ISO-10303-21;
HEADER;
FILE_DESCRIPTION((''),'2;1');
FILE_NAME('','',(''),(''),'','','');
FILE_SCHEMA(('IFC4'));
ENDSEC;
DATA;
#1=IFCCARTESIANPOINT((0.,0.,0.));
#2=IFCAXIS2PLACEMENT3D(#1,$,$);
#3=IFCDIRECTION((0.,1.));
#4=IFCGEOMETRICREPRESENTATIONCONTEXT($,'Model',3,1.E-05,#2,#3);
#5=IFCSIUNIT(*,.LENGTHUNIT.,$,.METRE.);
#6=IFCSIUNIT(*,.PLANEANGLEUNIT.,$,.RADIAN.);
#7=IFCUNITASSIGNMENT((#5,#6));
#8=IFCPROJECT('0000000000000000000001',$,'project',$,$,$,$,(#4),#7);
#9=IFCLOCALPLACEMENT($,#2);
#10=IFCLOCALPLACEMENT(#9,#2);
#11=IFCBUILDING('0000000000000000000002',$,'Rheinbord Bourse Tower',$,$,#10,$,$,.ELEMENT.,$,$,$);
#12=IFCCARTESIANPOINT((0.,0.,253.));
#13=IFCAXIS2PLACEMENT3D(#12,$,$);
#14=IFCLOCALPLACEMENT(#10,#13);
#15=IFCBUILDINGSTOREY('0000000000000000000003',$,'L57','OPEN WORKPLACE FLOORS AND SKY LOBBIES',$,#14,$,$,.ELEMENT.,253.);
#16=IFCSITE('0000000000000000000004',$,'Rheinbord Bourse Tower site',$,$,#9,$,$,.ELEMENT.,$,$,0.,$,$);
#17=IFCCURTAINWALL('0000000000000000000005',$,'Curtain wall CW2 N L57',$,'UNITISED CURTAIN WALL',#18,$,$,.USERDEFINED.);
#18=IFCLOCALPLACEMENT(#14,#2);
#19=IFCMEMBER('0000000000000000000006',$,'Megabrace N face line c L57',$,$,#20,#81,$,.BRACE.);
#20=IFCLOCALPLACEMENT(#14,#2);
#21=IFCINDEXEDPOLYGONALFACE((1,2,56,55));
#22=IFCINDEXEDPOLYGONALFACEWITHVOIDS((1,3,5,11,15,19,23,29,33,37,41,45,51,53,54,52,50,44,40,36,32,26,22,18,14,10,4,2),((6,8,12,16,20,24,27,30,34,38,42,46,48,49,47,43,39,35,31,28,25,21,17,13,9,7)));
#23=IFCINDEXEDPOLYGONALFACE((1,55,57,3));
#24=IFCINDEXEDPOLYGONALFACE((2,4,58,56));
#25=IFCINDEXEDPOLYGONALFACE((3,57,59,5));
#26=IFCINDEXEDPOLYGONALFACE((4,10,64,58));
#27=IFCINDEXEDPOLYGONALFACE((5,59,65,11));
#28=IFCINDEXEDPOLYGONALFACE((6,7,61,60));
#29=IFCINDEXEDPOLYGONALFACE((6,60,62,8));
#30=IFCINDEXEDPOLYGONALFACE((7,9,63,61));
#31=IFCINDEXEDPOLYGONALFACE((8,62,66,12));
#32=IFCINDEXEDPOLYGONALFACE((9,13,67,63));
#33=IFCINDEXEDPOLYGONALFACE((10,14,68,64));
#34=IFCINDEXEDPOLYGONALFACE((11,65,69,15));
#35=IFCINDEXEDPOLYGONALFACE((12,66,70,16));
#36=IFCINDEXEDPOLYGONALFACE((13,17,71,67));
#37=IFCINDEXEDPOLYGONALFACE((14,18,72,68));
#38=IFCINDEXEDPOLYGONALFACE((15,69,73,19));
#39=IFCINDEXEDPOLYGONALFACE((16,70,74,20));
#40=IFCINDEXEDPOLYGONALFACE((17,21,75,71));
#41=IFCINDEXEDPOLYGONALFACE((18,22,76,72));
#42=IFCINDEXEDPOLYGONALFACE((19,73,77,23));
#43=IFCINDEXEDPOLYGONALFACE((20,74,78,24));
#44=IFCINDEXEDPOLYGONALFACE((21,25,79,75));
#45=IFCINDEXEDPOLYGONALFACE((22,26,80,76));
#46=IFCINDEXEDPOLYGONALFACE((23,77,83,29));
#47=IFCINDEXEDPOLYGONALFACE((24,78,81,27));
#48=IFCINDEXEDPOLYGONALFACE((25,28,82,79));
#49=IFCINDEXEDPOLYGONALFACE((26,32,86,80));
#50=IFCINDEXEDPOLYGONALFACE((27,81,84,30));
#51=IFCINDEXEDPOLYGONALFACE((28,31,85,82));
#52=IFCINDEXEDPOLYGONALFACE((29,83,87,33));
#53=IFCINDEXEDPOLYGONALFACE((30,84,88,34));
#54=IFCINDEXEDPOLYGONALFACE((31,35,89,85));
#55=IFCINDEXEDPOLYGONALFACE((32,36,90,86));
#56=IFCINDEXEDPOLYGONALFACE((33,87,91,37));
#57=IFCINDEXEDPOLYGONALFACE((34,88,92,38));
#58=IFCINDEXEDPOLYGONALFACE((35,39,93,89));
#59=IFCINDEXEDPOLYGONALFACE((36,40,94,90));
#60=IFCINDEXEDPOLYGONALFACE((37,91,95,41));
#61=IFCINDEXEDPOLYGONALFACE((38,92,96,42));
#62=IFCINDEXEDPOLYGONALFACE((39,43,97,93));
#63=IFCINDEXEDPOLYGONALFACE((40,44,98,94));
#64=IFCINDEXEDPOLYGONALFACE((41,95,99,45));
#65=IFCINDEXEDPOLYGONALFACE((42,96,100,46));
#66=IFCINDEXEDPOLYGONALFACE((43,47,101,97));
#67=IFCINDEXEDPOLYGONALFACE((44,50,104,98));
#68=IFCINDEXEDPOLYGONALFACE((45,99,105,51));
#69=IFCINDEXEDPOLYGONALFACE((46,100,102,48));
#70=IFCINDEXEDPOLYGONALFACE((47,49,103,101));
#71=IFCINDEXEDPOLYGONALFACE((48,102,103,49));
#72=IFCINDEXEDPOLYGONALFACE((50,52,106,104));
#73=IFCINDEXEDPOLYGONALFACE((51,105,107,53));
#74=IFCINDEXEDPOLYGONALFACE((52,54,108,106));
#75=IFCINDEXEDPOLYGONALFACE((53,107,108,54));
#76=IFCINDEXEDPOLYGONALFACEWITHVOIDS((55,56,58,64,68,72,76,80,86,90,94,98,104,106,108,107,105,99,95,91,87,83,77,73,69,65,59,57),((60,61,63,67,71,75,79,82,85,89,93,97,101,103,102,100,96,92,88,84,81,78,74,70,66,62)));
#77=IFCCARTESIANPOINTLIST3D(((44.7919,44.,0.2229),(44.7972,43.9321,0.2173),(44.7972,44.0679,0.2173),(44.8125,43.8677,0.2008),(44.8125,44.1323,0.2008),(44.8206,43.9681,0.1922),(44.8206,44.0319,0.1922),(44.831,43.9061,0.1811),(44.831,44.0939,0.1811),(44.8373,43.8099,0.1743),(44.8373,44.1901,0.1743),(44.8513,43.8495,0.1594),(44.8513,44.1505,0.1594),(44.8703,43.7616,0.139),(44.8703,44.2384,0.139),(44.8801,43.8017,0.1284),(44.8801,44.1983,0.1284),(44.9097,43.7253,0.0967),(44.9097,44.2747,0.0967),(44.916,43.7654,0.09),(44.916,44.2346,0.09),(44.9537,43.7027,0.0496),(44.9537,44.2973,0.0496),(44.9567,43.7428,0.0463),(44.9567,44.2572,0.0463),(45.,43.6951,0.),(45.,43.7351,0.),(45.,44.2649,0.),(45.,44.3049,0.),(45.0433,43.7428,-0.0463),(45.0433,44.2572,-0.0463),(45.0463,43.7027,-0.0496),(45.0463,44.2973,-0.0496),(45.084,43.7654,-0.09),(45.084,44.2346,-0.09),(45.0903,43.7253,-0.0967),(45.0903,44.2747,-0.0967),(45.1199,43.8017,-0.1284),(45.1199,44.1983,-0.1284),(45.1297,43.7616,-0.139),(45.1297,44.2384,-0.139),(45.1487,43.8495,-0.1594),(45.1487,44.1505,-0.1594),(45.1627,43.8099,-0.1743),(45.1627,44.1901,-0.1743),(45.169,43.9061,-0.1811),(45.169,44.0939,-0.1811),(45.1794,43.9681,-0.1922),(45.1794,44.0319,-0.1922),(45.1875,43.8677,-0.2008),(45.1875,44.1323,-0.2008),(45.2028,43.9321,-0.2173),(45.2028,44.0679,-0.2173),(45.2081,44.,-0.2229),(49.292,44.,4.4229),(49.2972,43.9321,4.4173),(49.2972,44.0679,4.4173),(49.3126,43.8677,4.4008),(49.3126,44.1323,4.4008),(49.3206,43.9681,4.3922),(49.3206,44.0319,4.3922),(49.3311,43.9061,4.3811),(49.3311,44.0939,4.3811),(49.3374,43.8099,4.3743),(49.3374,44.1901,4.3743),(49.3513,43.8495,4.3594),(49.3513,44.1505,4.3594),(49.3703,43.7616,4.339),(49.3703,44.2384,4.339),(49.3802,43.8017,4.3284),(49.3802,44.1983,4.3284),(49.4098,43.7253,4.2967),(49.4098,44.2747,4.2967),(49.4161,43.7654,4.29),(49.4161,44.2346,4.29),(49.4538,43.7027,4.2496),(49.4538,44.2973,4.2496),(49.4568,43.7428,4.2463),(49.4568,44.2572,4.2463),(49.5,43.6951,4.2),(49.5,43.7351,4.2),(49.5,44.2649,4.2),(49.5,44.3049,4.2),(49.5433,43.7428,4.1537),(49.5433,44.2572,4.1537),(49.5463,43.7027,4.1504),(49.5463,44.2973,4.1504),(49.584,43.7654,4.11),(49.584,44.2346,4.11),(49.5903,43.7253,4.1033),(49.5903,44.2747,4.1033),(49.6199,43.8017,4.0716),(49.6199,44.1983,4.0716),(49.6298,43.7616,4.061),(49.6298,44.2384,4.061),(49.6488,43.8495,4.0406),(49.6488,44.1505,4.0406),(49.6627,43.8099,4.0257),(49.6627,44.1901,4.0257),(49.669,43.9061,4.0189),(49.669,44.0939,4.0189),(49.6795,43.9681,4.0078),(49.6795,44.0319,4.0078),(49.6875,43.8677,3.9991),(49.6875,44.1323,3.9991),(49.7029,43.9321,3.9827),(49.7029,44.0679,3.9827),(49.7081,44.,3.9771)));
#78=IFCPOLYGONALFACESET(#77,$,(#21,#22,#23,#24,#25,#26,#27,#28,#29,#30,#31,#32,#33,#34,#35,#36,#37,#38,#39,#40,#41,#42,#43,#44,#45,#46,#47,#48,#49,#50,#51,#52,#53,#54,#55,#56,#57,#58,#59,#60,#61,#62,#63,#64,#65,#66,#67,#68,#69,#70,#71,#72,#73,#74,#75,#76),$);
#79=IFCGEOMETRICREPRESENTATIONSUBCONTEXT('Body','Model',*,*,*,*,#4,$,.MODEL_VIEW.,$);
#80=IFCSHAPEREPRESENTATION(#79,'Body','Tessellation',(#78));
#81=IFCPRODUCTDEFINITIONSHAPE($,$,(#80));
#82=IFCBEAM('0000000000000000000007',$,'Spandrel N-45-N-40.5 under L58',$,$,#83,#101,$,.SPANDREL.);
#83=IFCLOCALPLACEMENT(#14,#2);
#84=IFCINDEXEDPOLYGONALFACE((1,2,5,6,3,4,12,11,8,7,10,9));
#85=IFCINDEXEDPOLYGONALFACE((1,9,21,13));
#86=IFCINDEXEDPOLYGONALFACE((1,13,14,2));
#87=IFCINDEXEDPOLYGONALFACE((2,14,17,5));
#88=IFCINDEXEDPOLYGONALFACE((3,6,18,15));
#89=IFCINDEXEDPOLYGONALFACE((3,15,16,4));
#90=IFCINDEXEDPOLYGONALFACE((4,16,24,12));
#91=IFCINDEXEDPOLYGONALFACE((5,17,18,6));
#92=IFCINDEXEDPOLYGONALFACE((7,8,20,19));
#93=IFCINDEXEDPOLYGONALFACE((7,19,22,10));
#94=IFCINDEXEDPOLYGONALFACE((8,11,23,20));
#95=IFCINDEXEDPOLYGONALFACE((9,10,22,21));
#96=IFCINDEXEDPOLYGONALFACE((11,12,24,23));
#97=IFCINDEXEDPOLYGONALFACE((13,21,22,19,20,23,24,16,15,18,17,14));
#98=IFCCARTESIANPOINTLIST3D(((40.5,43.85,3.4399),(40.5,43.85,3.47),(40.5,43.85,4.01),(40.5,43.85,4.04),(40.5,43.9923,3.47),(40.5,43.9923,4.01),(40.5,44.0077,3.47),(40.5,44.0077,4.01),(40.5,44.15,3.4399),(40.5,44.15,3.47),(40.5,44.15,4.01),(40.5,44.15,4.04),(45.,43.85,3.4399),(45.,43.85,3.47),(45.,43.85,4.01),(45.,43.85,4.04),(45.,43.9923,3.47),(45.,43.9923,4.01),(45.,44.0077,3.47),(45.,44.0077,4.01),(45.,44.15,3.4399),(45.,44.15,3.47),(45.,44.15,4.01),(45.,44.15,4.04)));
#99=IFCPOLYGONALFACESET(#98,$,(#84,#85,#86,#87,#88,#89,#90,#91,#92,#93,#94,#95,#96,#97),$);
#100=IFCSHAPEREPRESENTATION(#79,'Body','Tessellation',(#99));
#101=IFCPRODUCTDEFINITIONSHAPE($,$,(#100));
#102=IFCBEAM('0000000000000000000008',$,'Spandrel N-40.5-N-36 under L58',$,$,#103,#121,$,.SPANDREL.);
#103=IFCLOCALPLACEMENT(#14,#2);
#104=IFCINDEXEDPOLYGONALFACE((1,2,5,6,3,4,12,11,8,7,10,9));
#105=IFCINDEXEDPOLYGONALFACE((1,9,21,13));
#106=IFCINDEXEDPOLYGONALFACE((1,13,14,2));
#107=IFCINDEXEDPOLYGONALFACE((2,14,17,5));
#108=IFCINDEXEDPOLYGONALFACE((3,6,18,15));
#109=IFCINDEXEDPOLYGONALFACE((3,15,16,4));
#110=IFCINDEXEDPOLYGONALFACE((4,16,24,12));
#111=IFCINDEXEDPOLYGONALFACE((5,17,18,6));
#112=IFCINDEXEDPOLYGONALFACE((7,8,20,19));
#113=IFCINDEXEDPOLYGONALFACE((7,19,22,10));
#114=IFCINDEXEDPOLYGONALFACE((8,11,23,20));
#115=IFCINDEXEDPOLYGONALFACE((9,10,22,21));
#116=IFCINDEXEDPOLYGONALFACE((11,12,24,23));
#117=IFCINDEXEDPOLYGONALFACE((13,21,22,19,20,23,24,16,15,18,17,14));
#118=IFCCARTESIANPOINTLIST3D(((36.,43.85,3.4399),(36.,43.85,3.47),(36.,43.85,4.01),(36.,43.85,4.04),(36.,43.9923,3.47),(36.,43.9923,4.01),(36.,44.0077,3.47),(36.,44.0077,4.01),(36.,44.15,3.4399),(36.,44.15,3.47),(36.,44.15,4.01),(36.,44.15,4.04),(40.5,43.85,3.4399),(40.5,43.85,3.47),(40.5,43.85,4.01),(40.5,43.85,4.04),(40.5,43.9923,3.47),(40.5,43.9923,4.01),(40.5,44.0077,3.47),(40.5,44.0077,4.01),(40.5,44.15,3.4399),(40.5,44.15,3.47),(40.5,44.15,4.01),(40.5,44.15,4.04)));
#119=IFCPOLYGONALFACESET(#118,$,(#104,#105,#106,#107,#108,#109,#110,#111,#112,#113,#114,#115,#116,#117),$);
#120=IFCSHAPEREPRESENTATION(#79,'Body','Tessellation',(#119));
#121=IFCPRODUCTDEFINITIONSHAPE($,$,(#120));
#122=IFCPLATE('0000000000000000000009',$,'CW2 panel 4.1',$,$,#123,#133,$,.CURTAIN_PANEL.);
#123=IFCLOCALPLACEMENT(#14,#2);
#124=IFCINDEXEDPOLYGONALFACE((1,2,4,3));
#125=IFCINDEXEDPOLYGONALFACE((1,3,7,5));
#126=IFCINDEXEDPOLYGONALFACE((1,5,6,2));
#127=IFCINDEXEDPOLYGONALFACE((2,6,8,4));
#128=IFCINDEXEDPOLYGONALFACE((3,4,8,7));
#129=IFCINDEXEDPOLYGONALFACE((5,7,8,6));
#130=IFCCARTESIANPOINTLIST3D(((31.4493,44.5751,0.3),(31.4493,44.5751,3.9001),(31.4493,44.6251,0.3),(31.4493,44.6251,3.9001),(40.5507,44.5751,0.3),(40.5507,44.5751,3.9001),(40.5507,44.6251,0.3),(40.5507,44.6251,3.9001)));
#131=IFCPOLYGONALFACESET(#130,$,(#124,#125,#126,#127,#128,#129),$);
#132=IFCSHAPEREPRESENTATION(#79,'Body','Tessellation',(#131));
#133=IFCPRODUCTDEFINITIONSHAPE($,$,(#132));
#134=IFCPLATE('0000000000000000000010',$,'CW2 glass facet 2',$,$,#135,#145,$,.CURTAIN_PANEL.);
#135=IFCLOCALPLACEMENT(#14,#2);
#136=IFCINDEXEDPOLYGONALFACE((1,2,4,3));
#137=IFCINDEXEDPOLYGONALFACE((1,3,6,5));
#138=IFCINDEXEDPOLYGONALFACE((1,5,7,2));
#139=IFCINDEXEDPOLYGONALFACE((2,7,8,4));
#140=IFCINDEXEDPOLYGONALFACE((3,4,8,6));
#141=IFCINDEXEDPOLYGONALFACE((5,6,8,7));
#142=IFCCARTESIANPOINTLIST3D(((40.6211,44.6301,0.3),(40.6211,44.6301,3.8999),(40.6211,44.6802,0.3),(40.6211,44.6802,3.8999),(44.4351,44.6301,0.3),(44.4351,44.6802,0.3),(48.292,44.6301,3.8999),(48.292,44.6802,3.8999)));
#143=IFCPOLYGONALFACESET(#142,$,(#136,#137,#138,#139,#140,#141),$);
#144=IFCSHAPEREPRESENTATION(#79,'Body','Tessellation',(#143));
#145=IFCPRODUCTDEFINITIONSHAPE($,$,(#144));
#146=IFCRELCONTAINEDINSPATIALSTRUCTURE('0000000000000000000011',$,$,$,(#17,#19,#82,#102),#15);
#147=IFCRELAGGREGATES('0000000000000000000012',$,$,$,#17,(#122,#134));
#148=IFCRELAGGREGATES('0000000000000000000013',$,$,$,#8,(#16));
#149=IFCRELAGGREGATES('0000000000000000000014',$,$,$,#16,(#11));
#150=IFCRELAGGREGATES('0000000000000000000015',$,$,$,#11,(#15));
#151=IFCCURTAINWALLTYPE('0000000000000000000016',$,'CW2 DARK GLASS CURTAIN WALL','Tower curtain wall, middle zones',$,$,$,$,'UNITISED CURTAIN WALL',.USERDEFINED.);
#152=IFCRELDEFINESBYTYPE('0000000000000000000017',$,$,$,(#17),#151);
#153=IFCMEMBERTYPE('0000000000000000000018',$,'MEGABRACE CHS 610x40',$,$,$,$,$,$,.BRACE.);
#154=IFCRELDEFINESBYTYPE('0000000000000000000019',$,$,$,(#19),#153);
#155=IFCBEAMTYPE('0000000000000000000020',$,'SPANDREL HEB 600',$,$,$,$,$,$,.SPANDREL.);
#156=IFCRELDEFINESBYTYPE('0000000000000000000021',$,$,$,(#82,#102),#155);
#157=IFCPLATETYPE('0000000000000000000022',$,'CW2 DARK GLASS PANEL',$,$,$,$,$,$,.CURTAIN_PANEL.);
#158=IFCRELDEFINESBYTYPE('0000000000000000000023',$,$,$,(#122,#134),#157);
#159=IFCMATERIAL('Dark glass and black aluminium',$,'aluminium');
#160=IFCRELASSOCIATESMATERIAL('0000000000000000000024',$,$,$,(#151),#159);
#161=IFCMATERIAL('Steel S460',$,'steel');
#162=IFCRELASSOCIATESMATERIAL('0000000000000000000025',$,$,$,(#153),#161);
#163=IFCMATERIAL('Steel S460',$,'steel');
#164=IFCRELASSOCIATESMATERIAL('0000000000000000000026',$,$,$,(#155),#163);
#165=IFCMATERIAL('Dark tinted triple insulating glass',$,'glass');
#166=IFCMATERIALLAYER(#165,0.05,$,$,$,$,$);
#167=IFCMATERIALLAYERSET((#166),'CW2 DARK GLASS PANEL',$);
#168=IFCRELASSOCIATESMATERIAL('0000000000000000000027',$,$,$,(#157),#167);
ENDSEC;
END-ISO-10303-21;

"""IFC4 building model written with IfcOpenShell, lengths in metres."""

from ifc_helpers import new_model, si_unit, direction, frame, origin, origin_2d, place, context, subcontext, project, spatial, polyline, rectangle, hollow_circle, i_section, outline, extrude, material, layer, layer_set, material_profile, profile_set, type_object, element, aggregate, save


model = new_model("IFC4")

# Units and contexts
model_context = context("Model", 3, precision=1e-05, world=origin(), true_north=direction((0.0, 1.0)))
body_context = subcontext(model_context, "Body", "Model", "MODEL_VIEW")
ifc_project = project(units=[si_unit("LENGTHUNIT", "METRE"), si_unit("PLANEANGLEUNIT", "RADIAN")], contexts=[model_context])

# Site, building, storey
site_placement = place(None, origin())
site = spatial("IfcSite", under=ifc_project, at=site_placement, Name="Rheinbord Bourse Tower site", CompositionType="ELEMENT", RefElevation=0.0)
building_placement = place(site_placement, origin())
building = spatial("IfcBuilding", under=site, at=building_placement, Name="Rheinbord Bourse Tower", CompositionType="ELEMENT")
storey_placement = place(building_placement, frame((0.0, 0.0, 253.0)))
storey = spatial("IfcBuildingStorey", under=building, at=storey_placement, Name="L57", Description="OPEN WORKPLACE FLOORS AND SKY LOBBIES", CompositionType="ELEMENT", Elevation=253.0)

# Curtain wall
ifc_material_1 = material(Name="Dark glass and black aluminium", Category="aluminium")
curtain_wall_type = type_object("IfcCurtainWallType", Name="CW2 DARK GLASS CURTAIN WALL", Description="Tower curtain wall, middle zones", ElementType="UNITISED CURTAIN WALL", PredefinedType="USERDEFINED", material=ifc_material_1)
curtain_wall_placement = place(storey_placement, origin())
curtain_wall = element("IfcCurtainWall", 1, at=curtain_wall_placement, inside=storey, type_object=curtain_wall_type, Name="Curtain wall CW2 N L57", ObjectType="UNITISED CURTAIN WALL", PredefinedType="USERDEFINED")

# Member
ifc_material_2 = material(Name="Steel S460", Category="steel")
ifc_material_profile_1 = material_profile(ifc_material_2, hollow_circle(Radius=0.3049, WallThickness=0.04, at=origin_2d()), Name="CHS 610x40")
ifc_profile_set_1 = profile_set([ifc_material_profile_1], Name="Steel S460")
member_type_1 = type_object("IfcMemberType", Name="MEGABRACE CHS 610x40", PredefinedType="BRACE", material=ifc_profile_set_1)
member_1_placement = place(storey_placement, frame((45.0, 44.0, 0.0), z_axis=(0.731059, 0.0, 0.682314), x_axis=(0.0, 1.0, 0.0)))
element("IfcMember", 2, at=member_1_placement, inside=storey, type_object=member_type_1, Name="Megabrace N face line c L57", PredefinedType="BRACE", context=body_context, shape_type="SweptSolid", body=[
    extrude(hollow_circle(Radius=0.3049, WallThickness=0.04, at=origin_2d()), origin(), (0.0, 0.0, 1.0), 6.1555),
])

# Beams
ifc_material_3 = material(Name="Steel S460", Category="steel")
ifc_material_profile_2 = material_profile(ifc_material_3, i_section(OverallWidth=0.3, OverallDepth=0.6001, WebThickness=0.0154, FlangeThickness=0.03, at=origin_2d()), Name="HEB 600")
ifc_profile_set_2 = profile_set([ifc_material_profile_2], Name="Steel S460")
beam_type_1 = type_object("IfcBeamType", Name="SPANDREL HEB 600", PredefinedType="SPANDREL", material=ifc_profile_set_2)
for number, where, z_axis, x_axis, name in (
    (3, (45.0, 44.0, 3.74), (-1.0, 0.0, 0.0), (0.0, -1.0, 0.0), "Spandrel N-45-N-40.5 under L58"),
    (4, (40.5, 44.0, 3.74), (-1.0, 0.0, 0.0), (0.0, -1.0, 0.0), "Spandrel N-40.5-N-36 under L58"),
):
    element("IfcBeam", number, at=place(storey_placement, frame(where, z_axis=z_axis, x_axis=x_axis)), inside=storey, type_object=beam_type_1, Name=name, PredefinedType="SPANDREL", context=body_context, shape_type="SweptSolid", body=[
        extrude(i_section(OverallWidth=0.3, OverallDepth=0.6001, WebThickness=0.0154, FlangeThickness=0.03, at=origin_2d()), origin(), (0.0, 0.0, 1.0), 4.5),
    ])

# Plates
ifc_material_4 = material(Name="Dark tinted triple insulating glass", Category="glass")
ifc_layer_1 = layer(ifc_material_4, 0.05)
ifc_layer_set_1 = layer_set([ifc_layer_1], Name="CW2 DARK GLASS PANEL")
plate_type = type_object("IfcPlateType", Name="CW2 DARK GLASS PANEL", PredefinedType="CURTAIN_PANEL", material=ifc_layer_set_1)
plate_1_placement = place(storey_placement, frame((36.0, 44.6001, 0.3), z_axis=(0.0, 0.0, 1.0), x_axis=(-1.0, 0.0, 0.0)))
plate_1 = element("IfcPlate", 5, at=plate_1_placement, type_object=plate_type, Name="CW2 panel 4.1", PredefinedType="CURTAIN_PANEL", context=body_context, shape_type="SweptSolid", body=[
    extrude(rectangle(XDim=9.1013, YDim=0.05, at=origin_2d()), origin(), (0.0, 0.0, 1.0), 3.6001),
])
plate_2_placement = place(storey_placement, frame((40.6211, 44.6802, 3.8999), z_axis=(0.0, -1.0, 0.0), x_axis=(0.0, 0.0, -1.0)))
plate_2 = element("IfcPlate", 6, at=plate_2_placement, type_object=plate_type, Name="CW2 glass facet 2", PredefinedType="CURTAIN_PANEL", context=body_context, shape_type="SweptSolid", body=[
    extrude(outline(polyline([(0.0, 0.0), (3.5999, 0.0), (3.5999, 3.814), (0.0, 7.6709), (0.0, 0.0)])), origin(), (0.0, 0.0, 1.0), 0.05),
])
aggregate(curtain_wall, [plate_1, plate_2])

save(model, "model.ifc")
